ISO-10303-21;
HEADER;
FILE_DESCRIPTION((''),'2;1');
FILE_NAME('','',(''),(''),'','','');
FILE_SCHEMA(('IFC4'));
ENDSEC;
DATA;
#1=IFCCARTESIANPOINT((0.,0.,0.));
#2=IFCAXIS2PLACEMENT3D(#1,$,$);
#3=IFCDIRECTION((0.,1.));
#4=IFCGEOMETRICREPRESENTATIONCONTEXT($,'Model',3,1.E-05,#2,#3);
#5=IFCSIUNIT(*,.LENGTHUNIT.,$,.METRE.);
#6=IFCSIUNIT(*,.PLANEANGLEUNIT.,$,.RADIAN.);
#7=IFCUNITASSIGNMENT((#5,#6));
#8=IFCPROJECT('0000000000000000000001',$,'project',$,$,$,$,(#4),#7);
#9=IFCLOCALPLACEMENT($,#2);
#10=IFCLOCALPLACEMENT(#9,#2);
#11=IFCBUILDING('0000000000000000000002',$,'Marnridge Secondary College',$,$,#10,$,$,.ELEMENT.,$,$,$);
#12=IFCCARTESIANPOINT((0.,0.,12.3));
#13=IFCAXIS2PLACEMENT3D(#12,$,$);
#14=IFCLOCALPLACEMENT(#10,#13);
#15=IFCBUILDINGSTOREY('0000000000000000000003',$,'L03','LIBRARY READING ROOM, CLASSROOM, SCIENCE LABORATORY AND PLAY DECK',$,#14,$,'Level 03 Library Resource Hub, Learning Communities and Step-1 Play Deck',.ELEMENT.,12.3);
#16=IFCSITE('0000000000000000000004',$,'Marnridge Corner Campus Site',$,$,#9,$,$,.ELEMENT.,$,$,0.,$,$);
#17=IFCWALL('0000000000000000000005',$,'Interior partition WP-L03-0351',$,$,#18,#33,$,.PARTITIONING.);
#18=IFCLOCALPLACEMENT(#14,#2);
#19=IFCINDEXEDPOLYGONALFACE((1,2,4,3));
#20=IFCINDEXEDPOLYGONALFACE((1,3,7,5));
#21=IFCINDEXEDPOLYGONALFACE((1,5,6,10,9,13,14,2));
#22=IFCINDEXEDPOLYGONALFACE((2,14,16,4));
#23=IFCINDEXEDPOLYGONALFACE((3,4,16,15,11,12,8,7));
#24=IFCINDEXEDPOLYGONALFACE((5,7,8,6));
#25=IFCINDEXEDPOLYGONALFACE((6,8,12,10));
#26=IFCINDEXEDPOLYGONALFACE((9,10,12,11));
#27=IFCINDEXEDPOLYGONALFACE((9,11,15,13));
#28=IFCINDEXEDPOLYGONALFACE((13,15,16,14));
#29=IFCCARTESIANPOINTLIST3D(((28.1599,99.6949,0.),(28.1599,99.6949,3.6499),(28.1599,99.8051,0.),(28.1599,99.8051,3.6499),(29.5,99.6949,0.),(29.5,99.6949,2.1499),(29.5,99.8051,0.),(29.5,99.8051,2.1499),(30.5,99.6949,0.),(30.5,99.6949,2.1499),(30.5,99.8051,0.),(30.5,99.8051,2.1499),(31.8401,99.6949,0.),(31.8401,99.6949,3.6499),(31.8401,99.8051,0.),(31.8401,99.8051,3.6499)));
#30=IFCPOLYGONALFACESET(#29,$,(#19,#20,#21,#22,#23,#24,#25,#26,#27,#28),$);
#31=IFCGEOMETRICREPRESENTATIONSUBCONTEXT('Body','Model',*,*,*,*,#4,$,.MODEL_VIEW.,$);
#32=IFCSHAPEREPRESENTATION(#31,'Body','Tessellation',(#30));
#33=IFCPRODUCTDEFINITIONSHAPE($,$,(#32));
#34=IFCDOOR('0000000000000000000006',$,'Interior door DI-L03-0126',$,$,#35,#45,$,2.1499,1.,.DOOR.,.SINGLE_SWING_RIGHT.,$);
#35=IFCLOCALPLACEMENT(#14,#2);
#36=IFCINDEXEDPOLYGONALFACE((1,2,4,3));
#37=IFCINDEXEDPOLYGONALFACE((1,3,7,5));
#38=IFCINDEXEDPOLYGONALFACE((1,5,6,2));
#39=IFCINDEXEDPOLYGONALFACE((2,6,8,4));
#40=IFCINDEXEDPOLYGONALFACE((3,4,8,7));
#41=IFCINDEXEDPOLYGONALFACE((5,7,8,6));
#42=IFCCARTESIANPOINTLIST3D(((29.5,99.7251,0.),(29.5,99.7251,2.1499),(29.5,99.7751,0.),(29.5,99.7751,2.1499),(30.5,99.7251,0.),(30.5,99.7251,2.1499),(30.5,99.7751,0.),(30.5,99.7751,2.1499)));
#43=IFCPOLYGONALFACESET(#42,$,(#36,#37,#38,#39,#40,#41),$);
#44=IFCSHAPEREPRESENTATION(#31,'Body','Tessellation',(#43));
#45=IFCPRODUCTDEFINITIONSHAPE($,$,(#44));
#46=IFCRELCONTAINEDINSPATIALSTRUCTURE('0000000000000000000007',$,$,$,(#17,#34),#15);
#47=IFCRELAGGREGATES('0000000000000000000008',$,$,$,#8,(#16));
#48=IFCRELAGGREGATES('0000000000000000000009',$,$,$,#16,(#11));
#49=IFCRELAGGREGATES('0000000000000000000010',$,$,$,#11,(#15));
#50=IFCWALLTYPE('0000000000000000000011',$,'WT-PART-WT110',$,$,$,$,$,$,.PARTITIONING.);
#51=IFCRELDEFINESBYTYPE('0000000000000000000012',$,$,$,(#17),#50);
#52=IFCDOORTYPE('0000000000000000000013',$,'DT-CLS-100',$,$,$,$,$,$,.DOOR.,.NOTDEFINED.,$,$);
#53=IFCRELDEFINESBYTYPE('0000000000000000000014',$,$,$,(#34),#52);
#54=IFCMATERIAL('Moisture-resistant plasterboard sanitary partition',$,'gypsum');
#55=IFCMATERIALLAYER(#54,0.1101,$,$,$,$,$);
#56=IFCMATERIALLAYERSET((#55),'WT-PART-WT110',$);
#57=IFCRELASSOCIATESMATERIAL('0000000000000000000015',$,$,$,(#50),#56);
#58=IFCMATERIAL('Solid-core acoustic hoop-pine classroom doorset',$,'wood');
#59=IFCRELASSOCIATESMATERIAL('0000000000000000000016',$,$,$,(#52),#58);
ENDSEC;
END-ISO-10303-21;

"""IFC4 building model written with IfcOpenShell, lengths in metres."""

from ifc_helpers import new_model, si_unit, direction, frame, frame_2d, origin, place, context, subcontext, project, spatial, rectangle, extrude, material, layer, layer_set, type_object, element, fill, save


model = new_model("IFC4")

# Units and contexts
model_context = context("Model", 3, precision=1e-05, world=origin(), true_north=direction((0.0, 1.0)))
body_context = subcontext(model_context, "Body", "Model", "MODEL_VIEW")
ifc_project = project(units=[si_unit("LENGTHUNIT", "METRE"), si_unit("PLANEANGLEUNIT", "RADIAN")], contexts=[model_context])

# Site, building, storey
site_placement = place(None, origin())
site = spatial("IfcSite", under=ifc_project, at=site_placement, Name="Marnridge Corner Campus Site", CompositionType="ELEMENT", RefElevation=0.0)
building_placement = place(site_placement, origin())
building = spatial("IfcBuilding", under=site, at=building_placement, Name="Marnridge Secondary College", CompositionType="ELEMENT")
storey_placement = place(building_placement, frame((0.0, 0.0, 12.3)))
storey = spatial("IfcBuildingStorey", under=building, at=storey_placement, Name="L03", Description="LIBRARY READING ROOM, CLASSROOM, SCIENCE LABORATORY AND PLAY DECK", LongName="Level 03 Library Resource Hub, Learning Communities and Step-1 Play Deck", CompositionType="ELEMENT", Elevation=12.3)

# Shared definitions
ifc_material_1 = material(Name="Moisture-resistant plasterboard sanitary partition", Category="gypsum")
ifc_layer_1 = layer(ifc_material_1, 0.1101)
ifc_layer_set_1 = layer_set([ifc_layer_1], Name="WT-PART-WT110")
wall_type_1 = type_object("IfcWallType", Name="WT-PART-WT110", PredefinedType="PARTITIONING", material=ifc_layer_set_1)

# Wall, opening, door
wall_1_placement = place(storey_placement, frame((31.8401, 99.75, 0.0), z_axis=(0.0, 0.0, 1.0), x_axis=(-1.0, 0.0, 0.0)))
wall_1 = element("IfcWall", 1, at=wall_1_placement, inside=storey, type_object=wall_type_1, Name="Interior partition WP-L03-0351", PredefinedType="PARTITIONING", context=body_context, shape_type="SweptSolid", body=[
    extrude(rectangle(XDim=3.6802, YDim=0.1101, at=frame_2d((1.8401, 0.0))), origin(), (0.0, 0.0, 1.0), 3.6499),
])
opening_1_placement = place(wall_1_placement, frame((1.3401, 0.0, 0.0)))
opening_1 = element("IfcOpeningElement", 2, at=opening_1_placement, cuts=wall_1, PredefinedType="OPENING", context=body_context, shape_type="SweptSolid", body=[
    extrude(rectangle(XDim=1.0, YDim=2.1499, at=frame_2d((0.5, 1.075))), frame((0.0, 0.0649, 0.0), z_axis=(0.0, -1.0, 0.0), x_axis=(1.0, 0.0, 0.0)), (0.0, 0.0, 1.0), 0.1301),
])
ifc_material_2 = material(Name="Solid-core acoustic hoop-pine classroom doorset", Category="wood")
door_type_1 = type_object("IfcDoorType", Name="DT-CLS-100", OperationType="NOTDEFINED", PredefinedType="DOOR", material=ifc_material_2)
door_1_placement = place(opening_1_placement, origin())
door_1 = element("IfcDoor", 3, at=door_1_placement, inside=storey, type_object=door_type_1, Name="Interior door DI-L03-0126", OperationType="SINGLE_SWING_RIGHT", OverallHeight=2.1499, OverallWidth=1.0, PredefinedType="DOOR", context=body_context, shape_type="SweptSolid", body=[
    extrude(rectangle(XDim=1.0, YDim=2.1499, at=frame_2d((0.5, 1.075))), frame((0.0, 0.0249, 0.0), z_axis=(0.0, -1.0, 0.0), x_axis=(1.0, 0.0, 0.0)), (0.0, 0.0, 1.0), 0.05),
])
fill(opening_1, door_1)

save(model, "model.ifc")
